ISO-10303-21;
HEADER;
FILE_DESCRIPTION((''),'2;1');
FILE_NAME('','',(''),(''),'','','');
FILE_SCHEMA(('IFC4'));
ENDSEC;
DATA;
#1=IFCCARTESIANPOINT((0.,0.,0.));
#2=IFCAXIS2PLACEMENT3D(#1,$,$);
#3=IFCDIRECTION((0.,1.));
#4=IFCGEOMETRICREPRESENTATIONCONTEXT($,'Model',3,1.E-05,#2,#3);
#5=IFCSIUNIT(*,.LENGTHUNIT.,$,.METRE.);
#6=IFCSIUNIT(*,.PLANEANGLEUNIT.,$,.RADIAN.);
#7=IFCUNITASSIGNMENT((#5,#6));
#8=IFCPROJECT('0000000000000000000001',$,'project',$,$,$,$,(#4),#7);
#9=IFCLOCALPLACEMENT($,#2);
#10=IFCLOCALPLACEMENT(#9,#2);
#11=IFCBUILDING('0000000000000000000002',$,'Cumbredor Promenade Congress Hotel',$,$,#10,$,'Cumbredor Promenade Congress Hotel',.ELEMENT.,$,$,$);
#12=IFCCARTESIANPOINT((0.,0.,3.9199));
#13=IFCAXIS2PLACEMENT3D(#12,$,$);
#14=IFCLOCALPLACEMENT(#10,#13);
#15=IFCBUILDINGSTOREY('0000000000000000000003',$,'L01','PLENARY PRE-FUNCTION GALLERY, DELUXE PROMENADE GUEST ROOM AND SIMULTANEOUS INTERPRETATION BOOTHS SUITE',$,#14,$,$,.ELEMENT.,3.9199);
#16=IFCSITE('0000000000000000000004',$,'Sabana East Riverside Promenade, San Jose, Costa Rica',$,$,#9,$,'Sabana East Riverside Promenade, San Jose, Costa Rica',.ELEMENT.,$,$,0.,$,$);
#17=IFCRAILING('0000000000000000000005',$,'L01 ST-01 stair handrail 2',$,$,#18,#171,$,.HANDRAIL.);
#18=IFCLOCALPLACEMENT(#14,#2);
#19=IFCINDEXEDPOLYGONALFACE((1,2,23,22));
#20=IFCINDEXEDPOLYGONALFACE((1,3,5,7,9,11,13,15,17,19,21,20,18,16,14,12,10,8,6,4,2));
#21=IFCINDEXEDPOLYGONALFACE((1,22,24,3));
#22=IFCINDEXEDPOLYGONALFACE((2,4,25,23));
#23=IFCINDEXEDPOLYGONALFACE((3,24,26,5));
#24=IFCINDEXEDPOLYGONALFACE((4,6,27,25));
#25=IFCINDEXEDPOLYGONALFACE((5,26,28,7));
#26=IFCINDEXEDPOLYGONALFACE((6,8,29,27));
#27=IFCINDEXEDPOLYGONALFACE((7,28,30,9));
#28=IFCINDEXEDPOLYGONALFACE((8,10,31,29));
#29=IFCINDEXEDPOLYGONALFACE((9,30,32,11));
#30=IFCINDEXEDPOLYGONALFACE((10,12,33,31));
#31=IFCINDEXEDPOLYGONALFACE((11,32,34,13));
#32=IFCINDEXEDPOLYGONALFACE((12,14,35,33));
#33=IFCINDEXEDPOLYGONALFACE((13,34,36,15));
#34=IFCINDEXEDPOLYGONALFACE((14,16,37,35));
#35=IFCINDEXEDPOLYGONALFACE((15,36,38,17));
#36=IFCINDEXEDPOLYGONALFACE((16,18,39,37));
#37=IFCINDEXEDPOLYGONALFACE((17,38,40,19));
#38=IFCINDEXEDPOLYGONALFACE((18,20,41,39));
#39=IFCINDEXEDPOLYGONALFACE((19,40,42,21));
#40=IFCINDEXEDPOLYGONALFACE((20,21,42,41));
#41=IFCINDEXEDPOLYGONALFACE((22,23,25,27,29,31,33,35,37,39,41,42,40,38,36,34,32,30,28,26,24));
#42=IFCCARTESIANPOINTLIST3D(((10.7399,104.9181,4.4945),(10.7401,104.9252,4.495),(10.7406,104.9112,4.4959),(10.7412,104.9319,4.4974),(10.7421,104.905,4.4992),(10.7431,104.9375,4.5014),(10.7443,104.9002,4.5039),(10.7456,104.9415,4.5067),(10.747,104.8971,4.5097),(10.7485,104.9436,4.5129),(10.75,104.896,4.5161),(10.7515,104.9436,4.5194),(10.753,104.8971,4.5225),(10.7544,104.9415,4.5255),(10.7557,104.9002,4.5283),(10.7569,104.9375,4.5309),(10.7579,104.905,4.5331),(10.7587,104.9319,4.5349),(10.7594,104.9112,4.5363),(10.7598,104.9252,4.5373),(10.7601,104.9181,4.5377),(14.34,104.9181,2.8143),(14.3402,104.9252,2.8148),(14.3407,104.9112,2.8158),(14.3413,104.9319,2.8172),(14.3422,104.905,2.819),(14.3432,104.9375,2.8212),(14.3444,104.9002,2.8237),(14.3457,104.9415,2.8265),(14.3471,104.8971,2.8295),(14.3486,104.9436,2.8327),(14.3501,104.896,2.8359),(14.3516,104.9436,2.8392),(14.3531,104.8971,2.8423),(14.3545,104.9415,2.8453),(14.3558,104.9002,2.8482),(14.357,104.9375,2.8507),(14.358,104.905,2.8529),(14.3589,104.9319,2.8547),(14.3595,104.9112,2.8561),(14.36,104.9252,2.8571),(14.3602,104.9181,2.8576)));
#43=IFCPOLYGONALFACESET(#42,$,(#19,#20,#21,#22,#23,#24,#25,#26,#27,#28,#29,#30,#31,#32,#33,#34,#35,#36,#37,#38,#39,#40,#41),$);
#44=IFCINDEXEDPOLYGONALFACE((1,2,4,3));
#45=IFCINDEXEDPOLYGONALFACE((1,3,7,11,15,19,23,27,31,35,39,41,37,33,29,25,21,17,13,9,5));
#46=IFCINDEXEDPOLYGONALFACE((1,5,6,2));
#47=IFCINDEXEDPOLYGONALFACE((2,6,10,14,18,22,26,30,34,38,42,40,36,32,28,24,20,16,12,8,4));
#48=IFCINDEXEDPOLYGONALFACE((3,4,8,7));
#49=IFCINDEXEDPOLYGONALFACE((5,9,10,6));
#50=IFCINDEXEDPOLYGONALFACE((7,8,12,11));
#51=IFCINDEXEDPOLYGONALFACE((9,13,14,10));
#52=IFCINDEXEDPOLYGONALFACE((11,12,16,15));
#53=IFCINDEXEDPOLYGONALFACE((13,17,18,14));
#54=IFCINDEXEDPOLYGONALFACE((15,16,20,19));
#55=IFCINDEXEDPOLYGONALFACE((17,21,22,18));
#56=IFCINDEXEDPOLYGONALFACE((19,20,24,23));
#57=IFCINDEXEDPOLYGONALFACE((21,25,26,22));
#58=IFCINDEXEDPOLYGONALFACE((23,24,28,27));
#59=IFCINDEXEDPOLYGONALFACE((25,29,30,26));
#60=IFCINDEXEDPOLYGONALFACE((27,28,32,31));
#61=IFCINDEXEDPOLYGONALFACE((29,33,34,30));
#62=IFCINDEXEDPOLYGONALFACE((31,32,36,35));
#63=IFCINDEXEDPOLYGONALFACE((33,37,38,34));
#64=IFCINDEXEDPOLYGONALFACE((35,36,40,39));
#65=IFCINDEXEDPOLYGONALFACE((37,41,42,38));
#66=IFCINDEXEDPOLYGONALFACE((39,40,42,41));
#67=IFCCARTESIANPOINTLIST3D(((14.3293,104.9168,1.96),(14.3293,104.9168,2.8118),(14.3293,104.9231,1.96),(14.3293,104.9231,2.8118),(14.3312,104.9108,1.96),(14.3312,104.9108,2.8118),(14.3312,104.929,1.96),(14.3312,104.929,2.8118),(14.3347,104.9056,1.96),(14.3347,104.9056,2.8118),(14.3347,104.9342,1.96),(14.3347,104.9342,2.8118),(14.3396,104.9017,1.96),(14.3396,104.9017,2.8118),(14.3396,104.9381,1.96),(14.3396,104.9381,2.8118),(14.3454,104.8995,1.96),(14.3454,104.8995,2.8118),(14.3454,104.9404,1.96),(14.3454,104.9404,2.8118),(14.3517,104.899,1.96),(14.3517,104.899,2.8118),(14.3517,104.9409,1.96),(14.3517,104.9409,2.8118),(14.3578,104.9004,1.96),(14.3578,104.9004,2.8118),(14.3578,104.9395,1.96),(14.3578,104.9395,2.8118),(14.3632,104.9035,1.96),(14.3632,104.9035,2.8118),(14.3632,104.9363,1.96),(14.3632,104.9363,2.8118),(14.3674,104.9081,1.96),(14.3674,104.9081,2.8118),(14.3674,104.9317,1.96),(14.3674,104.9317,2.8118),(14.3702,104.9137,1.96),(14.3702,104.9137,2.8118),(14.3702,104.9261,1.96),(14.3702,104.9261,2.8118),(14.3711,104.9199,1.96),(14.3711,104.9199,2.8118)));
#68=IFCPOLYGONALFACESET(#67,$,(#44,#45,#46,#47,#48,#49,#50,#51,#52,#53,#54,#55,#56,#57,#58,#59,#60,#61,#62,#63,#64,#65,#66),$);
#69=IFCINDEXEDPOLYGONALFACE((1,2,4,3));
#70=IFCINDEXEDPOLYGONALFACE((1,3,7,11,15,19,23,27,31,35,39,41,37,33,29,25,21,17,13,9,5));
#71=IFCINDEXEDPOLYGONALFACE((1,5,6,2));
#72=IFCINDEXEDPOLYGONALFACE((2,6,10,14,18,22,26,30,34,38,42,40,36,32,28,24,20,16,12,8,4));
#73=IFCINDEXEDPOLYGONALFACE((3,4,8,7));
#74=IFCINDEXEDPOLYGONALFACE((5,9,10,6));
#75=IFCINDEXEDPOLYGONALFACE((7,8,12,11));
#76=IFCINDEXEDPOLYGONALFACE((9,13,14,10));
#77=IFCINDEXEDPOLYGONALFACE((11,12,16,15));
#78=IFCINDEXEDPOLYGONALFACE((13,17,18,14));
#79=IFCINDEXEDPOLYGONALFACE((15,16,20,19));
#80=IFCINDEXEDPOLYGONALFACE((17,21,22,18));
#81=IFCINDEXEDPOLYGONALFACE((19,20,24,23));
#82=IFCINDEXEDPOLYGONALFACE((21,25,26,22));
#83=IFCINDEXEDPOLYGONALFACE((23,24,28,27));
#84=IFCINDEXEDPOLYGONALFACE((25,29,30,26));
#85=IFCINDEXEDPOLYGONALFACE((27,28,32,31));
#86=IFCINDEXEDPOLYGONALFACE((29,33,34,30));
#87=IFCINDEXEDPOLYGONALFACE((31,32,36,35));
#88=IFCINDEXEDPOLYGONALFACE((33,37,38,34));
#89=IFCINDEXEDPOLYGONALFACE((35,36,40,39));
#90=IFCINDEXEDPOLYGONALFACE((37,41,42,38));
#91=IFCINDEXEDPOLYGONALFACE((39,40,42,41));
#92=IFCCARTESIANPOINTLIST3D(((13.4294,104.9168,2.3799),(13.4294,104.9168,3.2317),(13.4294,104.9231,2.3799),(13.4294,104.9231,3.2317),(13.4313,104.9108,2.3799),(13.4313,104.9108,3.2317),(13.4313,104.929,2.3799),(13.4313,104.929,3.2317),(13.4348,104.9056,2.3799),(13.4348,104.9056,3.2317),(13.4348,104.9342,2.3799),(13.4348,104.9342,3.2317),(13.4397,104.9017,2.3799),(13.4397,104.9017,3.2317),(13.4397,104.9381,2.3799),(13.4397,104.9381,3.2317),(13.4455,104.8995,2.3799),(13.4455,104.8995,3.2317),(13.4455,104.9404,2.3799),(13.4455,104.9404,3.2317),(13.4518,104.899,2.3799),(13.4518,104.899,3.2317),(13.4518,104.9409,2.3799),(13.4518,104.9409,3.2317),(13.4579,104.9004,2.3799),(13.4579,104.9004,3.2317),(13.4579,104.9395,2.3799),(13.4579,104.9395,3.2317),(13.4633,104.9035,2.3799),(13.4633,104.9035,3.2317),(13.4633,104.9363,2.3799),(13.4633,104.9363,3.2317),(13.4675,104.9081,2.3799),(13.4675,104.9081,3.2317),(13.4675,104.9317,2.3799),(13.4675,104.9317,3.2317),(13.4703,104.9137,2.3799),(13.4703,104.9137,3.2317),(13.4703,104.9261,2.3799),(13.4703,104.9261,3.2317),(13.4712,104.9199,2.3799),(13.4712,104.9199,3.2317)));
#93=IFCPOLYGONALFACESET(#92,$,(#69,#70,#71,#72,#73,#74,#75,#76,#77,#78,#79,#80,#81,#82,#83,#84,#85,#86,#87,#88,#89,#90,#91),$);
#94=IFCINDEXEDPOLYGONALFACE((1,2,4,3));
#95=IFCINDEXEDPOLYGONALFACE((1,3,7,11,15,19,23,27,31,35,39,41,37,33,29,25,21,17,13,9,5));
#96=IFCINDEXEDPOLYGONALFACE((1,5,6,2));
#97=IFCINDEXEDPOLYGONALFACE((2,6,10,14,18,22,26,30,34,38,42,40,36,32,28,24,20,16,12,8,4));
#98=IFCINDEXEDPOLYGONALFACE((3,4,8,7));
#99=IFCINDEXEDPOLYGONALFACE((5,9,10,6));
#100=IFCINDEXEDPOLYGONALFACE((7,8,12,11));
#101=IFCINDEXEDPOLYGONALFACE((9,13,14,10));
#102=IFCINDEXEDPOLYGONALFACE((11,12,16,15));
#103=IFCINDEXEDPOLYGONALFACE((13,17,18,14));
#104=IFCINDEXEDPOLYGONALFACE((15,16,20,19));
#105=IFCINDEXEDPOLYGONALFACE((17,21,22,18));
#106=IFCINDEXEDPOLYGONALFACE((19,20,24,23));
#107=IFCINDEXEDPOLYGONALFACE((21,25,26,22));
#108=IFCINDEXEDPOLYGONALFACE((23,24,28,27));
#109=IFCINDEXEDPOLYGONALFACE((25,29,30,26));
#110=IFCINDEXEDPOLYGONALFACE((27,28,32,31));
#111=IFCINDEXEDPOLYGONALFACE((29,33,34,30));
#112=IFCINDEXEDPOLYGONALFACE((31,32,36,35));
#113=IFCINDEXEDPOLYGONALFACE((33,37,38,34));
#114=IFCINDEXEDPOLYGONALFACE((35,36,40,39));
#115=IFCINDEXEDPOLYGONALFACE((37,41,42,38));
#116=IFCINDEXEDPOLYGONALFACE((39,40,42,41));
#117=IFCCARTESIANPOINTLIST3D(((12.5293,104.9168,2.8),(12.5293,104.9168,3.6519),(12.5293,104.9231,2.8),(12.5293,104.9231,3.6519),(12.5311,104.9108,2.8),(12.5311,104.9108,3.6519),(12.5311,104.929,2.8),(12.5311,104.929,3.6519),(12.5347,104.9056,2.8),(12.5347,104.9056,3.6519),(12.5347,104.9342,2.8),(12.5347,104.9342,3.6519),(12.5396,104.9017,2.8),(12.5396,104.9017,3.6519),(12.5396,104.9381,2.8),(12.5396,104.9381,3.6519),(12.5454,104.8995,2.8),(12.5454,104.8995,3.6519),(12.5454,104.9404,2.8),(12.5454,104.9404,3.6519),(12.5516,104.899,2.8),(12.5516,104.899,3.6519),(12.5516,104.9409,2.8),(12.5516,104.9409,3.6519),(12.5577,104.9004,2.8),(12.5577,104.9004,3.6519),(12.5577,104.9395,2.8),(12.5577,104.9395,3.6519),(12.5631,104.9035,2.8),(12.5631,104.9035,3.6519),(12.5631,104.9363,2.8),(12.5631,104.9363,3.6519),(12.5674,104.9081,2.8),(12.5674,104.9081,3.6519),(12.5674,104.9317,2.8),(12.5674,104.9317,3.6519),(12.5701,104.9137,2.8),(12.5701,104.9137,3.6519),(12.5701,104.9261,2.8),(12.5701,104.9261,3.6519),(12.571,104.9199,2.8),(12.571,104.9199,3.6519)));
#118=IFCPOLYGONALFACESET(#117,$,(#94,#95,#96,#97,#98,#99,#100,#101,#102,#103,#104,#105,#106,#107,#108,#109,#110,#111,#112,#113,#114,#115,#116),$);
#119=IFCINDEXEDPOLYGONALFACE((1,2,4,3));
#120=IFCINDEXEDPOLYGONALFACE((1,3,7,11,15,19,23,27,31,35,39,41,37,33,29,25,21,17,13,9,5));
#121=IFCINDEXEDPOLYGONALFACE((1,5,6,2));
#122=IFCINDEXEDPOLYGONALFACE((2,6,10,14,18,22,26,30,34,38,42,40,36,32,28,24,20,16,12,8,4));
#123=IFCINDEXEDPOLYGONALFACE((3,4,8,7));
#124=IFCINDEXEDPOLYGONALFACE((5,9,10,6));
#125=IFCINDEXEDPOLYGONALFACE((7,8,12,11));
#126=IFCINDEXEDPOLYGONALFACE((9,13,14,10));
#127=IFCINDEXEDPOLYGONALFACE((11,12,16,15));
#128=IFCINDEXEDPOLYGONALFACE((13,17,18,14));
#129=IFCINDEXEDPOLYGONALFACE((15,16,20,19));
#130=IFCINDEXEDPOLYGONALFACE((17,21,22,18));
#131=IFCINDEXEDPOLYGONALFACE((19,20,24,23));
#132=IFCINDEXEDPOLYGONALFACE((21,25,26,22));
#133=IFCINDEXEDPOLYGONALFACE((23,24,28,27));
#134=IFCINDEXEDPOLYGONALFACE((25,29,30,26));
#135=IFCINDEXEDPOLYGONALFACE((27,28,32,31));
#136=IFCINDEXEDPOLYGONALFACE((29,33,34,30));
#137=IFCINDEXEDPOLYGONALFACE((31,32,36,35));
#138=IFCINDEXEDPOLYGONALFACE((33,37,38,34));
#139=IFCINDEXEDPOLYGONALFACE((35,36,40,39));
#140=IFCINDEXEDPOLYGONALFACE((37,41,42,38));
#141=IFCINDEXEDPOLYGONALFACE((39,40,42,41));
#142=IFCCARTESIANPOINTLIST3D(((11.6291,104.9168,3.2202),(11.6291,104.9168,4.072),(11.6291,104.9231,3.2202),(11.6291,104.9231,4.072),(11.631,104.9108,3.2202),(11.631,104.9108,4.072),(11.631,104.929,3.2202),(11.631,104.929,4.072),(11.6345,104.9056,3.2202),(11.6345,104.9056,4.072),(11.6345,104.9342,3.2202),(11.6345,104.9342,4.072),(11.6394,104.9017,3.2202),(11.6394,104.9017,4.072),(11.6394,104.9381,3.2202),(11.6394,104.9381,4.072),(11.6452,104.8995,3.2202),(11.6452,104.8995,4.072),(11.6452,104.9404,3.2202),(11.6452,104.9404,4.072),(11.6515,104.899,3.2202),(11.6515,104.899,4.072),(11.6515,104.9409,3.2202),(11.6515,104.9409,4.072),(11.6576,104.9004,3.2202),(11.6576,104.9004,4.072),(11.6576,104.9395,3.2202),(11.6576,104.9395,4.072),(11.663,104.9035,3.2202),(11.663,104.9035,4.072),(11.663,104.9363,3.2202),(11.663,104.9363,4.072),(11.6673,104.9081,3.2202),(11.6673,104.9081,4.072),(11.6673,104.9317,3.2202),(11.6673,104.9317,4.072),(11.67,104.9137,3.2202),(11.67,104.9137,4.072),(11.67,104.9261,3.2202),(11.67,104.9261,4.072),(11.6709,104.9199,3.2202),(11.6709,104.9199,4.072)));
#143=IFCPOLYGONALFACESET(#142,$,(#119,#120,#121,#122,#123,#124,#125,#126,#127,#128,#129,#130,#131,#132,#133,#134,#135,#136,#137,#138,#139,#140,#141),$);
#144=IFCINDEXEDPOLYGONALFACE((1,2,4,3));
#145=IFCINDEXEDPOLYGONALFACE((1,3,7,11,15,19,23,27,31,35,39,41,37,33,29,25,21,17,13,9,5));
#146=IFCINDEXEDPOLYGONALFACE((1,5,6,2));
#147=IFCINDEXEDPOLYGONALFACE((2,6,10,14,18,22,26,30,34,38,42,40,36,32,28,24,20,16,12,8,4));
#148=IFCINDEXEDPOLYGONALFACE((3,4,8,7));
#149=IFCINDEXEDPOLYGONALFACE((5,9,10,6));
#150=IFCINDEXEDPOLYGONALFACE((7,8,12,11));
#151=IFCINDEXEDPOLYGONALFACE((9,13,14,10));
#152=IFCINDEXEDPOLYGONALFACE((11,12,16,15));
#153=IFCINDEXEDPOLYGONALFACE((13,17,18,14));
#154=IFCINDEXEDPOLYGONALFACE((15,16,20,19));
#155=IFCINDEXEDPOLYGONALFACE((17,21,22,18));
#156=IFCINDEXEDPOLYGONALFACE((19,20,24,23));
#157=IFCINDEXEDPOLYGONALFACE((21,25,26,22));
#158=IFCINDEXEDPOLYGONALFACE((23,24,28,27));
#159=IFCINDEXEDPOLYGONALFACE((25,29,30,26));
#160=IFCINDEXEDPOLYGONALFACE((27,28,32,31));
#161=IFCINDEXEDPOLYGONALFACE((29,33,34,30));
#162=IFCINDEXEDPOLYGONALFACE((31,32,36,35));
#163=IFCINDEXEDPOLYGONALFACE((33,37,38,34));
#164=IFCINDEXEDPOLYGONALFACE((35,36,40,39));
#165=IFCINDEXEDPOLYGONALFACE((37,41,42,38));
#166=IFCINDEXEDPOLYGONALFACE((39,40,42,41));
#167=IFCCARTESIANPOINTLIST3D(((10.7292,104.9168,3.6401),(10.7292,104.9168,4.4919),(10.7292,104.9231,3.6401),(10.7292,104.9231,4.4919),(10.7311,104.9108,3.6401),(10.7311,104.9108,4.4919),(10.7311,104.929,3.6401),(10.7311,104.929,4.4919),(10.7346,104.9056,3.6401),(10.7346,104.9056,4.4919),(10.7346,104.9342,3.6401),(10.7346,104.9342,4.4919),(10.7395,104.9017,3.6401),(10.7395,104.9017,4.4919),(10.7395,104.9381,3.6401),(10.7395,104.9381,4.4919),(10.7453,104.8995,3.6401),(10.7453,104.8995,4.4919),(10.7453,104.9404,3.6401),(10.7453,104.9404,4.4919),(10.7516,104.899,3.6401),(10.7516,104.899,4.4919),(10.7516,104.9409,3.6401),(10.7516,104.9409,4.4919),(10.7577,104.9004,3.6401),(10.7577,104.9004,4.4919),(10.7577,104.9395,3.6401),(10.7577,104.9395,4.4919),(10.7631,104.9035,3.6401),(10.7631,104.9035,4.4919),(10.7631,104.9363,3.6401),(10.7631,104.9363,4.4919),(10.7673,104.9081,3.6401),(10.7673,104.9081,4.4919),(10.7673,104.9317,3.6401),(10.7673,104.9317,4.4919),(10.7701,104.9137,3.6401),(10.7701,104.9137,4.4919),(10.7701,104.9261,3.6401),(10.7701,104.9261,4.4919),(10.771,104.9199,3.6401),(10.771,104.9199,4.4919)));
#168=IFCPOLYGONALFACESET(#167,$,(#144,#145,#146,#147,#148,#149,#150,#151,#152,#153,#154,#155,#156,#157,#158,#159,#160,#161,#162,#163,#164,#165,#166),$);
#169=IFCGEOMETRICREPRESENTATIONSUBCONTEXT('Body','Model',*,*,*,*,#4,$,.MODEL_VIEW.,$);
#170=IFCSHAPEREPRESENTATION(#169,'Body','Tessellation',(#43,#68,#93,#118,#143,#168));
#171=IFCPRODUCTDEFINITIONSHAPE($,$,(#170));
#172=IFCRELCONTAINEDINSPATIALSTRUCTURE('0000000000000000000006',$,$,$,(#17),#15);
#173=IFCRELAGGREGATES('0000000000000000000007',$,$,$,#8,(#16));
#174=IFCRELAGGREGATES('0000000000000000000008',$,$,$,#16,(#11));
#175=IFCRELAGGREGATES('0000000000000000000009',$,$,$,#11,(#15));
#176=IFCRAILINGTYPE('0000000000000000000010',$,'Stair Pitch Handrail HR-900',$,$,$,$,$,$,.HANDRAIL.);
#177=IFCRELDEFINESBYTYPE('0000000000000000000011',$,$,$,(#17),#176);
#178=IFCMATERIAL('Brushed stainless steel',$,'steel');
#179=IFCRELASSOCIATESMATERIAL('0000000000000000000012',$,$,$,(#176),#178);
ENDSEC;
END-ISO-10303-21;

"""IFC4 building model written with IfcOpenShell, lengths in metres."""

from ifc_helpers import new_model, si_unit, direction, frame, origin, origin_2d, place, context, subcontext, project, spatial, circle, extrude, material, type_object, element, save


model = new_model("IFC4")

# Units and contexts
model_context = context("Model", 3, precision=1e-05, world=origin(), true_north=direction((0.0, 1.0)))
body_context = subcontext(model_context, "Body", "Model", "MODEL_VIEW")
ifc_project = project(units=[si_unit("LENGTHUNIT", "METRE"), si_unit("PLANEANGLEUNIT", "RADIAN")], contexts=[model_context])

# Site, building, storey
site_placement = place(None, origin())
site = spatial("IfcSite", under=ifc_project, at=site_placement, Name="Sabana East Riverside Promenade, San Jose, Costa Rica", LongName="Sabana East Riverside Promenade, San Jose, Costa Rica", CompositionType="ELEMENT", RefElevation=0.0)
building_placement = place(site_placement, origin())
building = spatial("IfcBuilding", under=site, at=building_placement, Name="Cumbredor Promenade Congress Hotel", LongName="Cumbredor Promenade Congress Hotel", CompositionType="ELEMENT")
storey_placement = place(building_placement, frame((0.0, 0.0, 3.9199)))
storey = spatial("IfcBuildingStorey", under=building, at=storey_placement, Name="L01", Description="PLENARY PRE-FUNCTION GALLERY, DELUXE PROMENADE GUEST ROOM AND SIMULTANEOUS INTERPRETATION BOOTHS SUITE", CompositionType="ELEMENT", Elevation=3.9199)

# Railing
ifc_material_1 = material(Name="Brushed stainless steel", Category="steel")
railing_type_1 = type_object("IfcRailingType", Name="Stair Pitch Handrail HR-900", PredefinedType="HANDRAIL", material=ifc_material_1)
railing_1_placement = place(storey_placement, frame((14.3501, 104.9199, 1.96)))
element("IfcRailing", 1, at=railing_1_placement, inside=storey, type_object=railing_type_1, Name="L01 ST-01 stair handrail 2", PredefinedType="HANDRAIL", context=body_context, shape_type="SweptSolid", body=[
    extrude(circle(Radius=0.0239, at=origin_2d()), frame((0.0, 0.0, 0.876), z_axis=(-0.906171, 0.0, 0.422912), x_axis=(0.0, -1.0, 0.0)), (0.0, 0.0, 1.0), 3.9729),
    extrude(circle(Radius=0.021, at=origin_2d()), origin(), (0.0, 0.0, 1.0), 0.8518),
    extrude(circle(Radius=0.021, at=origin_2d()), frame((-0.8999, 0.0, 0.4199)), (0.0, 0.0, 1.0), 0.8518),
    extrude(circle(Radius=0.021, at=origin_2d()), frame((-1.8, 0.0, 0.8401)), (0.0, 0.0, 1.0), 0.8518),
    extrude(circle(Radius=0.021, at=origin_2d()), frame((-2.7002, 0.0, 1.2603)), (0.0, 0.0, 1.0), 0.8518),
    extrude(circle(Radius=0.021, at=origin_2d()), frame((-3.6001, 0.0, 1.6802)), (0.0, 0.0, 1.0), 0.8518),
])

save(model, "model.ifc")
